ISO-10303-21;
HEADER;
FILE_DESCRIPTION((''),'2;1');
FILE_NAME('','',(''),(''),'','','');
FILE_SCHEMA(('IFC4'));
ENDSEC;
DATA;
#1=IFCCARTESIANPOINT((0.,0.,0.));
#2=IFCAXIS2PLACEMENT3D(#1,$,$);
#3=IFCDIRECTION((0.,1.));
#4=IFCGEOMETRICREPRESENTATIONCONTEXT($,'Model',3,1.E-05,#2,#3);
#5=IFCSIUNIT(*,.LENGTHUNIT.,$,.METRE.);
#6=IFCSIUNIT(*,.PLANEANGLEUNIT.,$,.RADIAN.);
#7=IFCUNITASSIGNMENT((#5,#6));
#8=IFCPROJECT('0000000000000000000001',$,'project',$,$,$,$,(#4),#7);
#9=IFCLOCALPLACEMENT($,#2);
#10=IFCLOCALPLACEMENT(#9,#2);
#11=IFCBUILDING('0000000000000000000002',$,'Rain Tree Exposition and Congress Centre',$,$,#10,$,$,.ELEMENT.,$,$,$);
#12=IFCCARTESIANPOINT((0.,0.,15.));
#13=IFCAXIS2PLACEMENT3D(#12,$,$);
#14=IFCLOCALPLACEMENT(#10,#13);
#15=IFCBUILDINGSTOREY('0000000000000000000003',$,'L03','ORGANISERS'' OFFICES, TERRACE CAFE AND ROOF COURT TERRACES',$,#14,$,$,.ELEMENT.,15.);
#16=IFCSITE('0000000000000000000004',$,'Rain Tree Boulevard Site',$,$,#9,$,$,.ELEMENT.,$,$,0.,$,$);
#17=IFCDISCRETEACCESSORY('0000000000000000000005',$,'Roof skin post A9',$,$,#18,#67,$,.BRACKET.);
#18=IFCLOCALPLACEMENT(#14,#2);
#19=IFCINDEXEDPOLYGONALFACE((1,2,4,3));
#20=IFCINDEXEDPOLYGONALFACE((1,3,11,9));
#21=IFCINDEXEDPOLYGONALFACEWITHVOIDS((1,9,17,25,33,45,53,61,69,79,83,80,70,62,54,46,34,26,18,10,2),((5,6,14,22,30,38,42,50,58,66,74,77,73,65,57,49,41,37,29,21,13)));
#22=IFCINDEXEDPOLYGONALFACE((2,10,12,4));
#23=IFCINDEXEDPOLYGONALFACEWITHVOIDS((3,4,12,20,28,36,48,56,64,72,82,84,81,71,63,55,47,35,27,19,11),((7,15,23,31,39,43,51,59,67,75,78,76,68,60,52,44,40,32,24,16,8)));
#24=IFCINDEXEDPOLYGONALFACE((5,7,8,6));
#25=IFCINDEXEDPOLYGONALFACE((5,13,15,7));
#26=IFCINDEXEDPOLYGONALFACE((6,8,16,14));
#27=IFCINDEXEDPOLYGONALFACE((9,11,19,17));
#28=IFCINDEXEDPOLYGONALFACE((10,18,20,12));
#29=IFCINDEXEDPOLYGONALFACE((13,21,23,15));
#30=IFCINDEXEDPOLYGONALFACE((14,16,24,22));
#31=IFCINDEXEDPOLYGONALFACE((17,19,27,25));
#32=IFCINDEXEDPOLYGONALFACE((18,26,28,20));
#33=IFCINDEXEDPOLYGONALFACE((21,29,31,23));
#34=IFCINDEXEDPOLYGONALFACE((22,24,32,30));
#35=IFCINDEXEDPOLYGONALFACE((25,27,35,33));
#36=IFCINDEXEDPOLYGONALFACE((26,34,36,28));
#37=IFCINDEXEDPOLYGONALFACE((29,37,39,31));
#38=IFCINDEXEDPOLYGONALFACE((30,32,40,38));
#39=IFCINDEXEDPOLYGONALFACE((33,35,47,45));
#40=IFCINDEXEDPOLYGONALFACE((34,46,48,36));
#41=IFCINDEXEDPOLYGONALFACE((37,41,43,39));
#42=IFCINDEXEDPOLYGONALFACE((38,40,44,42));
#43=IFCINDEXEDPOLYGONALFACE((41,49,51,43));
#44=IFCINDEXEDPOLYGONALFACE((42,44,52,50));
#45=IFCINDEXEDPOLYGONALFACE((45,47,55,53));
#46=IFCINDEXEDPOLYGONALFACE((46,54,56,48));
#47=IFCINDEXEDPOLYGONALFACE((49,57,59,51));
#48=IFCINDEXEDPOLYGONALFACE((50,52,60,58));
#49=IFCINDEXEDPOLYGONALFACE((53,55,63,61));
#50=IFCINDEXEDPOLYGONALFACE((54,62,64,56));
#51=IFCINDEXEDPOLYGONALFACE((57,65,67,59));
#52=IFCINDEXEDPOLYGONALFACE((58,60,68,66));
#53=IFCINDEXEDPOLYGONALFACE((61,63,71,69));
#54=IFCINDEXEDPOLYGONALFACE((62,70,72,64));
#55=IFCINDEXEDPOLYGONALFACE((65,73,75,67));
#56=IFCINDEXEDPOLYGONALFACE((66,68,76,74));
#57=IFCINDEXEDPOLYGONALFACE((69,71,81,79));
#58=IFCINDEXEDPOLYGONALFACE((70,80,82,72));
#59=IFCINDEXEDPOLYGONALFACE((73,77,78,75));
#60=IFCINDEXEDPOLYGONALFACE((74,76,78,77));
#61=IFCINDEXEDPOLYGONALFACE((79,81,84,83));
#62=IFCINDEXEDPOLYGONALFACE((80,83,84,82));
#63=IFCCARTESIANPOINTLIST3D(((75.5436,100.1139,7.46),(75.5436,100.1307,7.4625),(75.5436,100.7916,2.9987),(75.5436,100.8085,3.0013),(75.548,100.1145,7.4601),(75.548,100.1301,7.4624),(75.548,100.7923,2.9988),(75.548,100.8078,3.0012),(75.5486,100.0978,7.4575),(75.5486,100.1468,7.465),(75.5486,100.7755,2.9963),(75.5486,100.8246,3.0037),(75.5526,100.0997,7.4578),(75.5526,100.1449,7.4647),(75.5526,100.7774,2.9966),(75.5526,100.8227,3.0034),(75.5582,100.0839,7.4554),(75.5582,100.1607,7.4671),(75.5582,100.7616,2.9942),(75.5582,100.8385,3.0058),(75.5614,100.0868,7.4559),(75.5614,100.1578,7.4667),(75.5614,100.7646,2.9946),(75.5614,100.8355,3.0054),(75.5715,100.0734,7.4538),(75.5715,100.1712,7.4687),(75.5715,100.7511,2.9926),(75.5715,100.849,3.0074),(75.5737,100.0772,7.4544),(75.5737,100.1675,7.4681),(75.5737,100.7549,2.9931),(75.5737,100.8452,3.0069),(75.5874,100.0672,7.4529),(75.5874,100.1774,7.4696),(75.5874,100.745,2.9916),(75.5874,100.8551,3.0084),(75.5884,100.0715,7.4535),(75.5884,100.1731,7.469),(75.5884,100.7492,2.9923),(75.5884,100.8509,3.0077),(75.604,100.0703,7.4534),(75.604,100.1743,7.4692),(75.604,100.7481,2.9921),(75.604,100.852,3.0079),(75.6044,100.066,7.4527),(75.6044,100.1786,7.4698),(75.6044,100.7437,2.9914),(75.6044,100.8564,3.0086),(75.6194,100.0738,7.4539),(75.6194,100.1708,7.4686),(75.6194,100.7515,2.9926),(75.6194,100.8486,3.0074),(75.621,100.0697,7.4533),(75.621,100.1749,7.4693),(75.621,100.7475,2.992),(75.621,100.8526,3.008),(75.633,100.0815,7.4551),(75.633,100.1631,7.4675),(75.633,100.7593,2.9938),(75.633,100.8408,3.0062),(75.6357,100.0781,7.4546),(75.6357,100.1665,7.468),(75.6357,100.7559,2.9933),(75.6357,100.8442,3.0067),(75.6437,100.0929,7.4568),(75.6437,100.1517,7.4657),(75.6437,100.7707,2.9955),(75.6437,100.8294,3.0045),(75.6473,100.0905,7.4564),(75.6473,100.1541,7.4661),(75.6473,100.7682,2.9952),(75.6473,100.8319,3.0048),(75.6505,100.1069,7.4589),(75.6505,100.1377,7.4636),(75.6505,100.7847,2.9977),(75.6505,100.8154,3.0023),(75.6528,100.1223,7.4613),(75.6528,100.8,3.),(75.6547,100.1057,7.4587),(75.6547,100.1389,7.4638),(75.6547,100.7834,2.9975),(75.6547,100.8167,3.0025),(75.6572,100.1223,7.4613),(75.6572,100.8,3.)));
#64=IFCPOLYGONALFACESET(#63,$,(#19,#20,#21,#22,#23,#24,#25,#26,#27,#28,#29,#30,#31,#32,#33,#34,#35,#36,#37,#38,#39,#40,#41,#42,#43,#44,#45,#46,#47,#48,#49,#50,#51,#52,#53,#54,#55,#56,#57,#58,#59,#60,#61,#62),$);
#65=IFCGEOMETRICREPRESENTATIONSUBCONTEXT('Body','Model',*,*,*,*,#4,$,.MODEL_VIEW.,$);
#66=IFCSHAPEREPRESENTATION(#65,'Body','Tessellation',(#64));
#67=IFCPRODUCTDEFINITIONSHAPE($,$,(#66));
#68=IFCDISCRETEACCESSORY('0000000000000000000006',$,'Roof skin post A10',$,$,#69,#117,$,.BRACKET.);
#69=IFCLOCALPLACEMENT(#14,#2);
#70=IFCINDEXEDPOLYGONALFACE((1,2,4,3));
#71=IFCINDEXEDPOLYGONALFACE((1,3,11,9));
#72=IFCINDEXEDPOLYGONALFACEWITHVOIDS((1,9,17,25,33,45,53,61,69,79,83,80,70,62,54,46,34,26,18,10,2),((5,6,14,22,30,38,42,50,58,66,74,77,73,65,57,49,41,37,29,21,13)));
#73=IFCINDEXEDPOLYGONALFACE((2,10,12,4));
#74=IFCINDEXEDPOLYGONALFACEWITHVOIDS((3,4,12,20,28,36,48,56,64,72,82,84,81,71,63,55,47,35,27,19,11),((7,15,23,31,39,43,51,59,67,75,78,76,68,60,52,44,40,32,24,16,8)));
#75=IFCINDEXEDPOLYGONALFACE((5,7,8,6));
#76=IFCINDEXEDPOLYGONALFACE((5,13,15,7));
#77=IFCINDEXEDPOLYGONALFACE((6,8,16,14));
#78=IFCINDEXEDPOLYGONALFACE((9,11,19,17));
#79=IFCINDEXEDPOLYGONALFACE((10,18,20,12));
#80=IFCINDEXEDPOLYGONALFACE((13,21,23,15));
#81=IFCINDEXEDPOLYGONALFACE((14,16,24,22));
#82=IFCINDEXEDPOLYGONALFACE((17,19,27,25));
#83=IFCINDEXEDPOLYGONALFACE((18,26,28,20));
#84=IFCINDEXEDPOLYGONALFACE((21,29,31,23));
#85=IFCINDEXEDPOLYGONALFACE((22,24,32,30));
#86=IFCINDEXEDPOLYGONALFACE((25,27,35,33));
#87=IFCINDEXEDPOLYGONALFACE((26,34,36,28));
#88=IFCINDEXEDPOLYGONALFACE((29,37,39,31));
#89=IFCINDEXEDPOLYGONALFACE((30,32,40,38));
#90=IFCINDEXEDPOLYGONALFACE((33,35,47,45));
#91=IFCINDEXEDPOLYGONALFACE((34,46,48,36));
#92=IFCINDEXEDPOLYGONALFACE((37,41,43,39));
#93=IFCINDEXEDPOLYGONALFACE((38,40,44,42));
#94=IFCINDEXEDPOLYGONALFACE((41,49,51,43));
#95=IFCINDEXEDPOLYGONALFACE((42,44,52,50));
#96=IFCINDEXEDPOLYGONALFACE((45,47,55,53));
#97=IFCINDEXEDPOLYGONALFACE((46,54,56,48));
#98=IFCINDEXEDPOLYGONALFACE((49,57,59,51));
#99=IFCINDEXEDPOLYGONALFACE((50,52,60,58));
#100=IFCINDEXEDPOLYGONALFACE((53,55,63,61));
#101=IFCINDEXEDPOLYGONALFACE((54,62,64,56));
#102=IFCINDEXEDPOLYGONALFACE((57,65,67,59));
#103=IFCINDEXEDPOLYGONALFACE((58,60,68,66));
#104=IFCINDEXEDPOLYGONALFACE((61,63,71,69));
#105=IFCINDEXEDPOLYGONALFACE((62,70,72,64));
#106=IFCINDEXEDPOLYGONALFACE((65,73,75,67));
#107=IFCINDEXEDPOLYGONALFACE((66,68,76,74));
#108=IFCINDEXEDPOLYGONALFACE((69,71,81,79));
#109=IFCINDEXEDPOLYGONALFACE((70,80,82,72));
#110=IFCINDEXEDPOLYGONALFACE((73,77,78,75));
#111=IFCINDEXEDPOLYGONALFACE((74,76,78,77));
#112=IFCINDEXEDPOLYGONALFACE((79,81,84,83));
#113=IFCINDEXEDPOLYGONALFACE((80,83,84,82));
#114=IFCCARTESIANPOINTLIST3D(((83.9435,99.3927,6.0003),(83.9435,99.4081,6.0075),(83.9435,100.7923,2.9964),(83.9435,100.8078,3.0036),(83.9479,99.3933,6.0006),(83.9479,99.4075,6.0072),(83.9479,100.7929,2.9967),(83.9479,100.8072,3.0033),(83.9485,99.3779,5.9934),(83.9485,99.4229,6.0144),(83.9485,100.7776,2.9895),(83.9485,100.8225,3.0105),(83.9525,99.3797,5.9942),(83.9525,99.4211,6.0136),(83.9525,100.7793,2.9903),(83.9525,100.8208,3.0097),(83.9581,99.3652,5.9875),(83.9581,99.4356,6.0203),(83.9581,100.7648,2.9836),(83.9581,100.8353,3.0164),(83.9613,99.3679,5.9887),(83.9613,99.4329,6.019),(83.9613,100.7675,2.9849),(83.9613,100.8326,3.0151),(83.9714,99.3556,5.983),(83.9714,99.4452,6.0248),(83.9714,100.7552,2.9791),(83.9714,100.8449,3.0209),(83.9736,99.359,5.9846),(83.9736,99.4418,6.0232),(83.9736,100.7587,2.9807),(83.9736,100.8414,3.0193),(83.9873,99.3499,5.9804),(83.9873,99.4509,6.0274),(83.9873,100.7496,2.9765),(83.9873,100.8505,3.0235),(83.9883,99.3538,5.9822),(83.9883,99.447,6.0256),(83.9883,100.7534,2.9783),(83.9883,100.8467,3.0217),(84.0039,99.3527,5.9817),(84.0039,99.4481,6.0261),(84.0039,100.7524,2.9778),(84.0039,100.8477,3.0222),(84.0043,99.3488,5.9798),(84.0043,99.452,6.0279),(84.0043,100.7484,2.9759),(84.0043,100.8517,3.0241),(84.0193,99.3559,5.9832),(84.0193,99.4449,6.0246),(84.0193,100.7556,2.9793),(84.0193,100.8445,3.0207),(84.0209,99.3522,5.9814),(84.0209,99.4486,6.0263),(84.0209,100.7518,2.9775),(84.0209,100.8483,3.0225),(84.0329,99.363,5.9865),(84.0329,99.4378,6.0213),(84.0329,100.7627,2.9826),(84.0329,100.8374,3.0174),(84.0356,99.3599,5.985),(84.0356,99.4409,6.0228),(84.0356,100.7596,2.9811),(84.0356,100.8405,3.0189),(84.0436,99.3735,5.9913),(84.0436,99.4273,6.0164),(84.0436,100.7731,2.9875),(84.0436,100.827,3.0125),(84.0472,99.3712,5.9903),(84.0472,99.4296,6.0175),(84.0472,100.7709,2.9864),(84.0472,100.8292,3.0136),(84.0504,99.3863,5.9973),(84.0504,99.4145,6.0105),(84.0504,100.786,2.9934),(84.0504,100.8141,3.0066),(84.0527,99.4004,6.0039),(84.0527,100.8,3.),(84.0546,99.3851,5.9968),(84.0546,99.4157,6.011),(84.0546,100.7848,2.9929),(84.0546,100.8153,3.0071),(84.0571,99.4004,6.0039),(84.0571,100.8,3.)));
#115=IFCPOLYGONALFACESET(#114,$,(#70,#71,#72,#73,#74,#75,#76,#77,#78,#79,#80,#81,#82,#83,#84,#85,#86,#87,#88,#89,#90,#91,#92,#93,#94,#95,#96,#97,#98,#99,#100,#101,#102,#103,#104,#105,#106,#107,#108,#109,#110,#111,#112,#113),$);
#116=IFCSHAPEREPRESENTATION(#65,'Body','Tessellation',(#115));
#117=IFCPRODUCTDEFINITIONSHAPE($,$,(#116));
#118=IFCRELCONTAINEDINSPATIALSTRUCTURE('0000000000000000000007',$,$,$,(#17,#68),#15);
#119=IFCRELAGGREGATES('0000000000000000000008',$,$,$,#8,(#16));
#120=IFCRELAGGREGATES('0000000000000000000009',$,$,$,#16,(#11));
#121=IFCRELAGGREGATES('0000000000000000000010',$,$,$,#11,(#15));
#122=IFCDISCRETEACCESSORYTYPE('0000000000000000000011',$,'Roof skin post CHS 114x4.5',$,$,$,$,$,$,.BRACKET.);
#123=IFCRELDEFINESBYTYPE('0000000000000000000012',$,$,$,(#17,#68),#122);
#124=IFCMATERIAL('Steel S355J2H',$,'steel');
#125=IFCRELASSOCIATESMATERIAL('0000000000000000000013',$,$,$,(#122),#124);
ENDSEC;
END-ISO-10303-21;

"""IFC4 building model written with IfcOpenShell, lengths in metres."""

from ifc_helpers import new_model, si_unit, direction, frame, origin, origin_2d, place, context, subcontext, project, spatial, hollow_circle, extrude, material, material_profile, profile_set, type_object, element, save


model = new_model("IFC4")

# Units and contexts
model_context = context("Model", 3, precision=1e-05, world=origin(), true_north=direction((0.0, 1.0)))
body_context = subcontext(model_context, "Body", "Model", "MODEL_VIEW")
ifc_project = project(units=[si_unit("LENGTHUNIT", "METRE"), si_unit("PLANEANGLEUNIT", "RADIAN")], contexts=[model_context])

# Site, building, storey
site_placement = place(None, origin())
site = spatial("IfcSite", under=ifc_project, at=site_placement, Name="Rain Tree Boulevard Site", CompositionType="ELEMENT", RefElevation=0.0)
building_placement = place(site_placement, origin())
building = spatial("IfcBuilding", under=site, at=building_placement, Name="Rain Tree Exposition and Congress Centre", CompositionType="ELEMENT")
storey_placement = place(building_placement, frame((0.0, 0.0, 15.0)))
storey = spatial("IfcBuildingStorey", under=building, at=storey_placement, Name="L03", Description="ORGANISERS' OFFICES, TERRACE CAFE AND ROOF COURT TERRACES", CompositionType="ELEMENT", Elevation=15.0)

# Discrete accessories
ifc_material_1 = material(Name="Steel S355J2H", Category="steel")
ifc_material_profile_1 = material_profile(ifc_material_1, hollow_circle(Radius=0.0571, WallThickness=0.0044, at=origin_2d()), Name="CHS 114x4.5")
ifc_profile_set_1 = profile_set([ifc_material_profile_1], Name="Steel S355J2H")
discrete_accessory_type_1 = type_object("IfcDiscreteAccessoryType", Name="Roof skin post CHS 114x4.5", PredefinedType="BRACKET", material=ifc_profile_set_1)
discrete_accessory_1_placement = place(storey_placement, frame((75.6001, 100.8, 3.0), z_axis=(0.0, -0.150195, 0.988656), x_axis=(1.0, 0.0, 0.0)))
element("IfcDiscreteAccessory", 1, at=discrete_accessory_1_placement, inside=storey, type_object=discrete_accessory_type_1, Name="Roof skin post A9", PredefinedType="BRACKET", context=body_context, shape_type="SweptSolid", body=[
    extrude(hollow_circle(Radius=0.0571, WallThickness=0.0044, at=origin_2d()), origin(), (0.0, 0.0, 1.0), 4.5125),
])
discrete_accessory_2_placement = place(storey_placement, frame((84.0, 100.8, 3.0), z_axis=(0.0, -0.422349, 0.906433), x_axis=(1.0, 0.0, 0.0)))
element("IfcDiscreteAccessory", 2, at=discrete_accessory_2_placement, inside=storey, type_object=discrete_accessory_type_1, Name="Roof skin post A10", PredefinedType="BRACKET", context=body_context, shape_type="SweptSolid", body=[
    extrude(hollow_circle(Radius=0.0571, WallThickness=0.0044, at=origin_2d()), origin(), (0.0, 0.0, 1.0), 3.314),
])

save(model, "model.ifc")
